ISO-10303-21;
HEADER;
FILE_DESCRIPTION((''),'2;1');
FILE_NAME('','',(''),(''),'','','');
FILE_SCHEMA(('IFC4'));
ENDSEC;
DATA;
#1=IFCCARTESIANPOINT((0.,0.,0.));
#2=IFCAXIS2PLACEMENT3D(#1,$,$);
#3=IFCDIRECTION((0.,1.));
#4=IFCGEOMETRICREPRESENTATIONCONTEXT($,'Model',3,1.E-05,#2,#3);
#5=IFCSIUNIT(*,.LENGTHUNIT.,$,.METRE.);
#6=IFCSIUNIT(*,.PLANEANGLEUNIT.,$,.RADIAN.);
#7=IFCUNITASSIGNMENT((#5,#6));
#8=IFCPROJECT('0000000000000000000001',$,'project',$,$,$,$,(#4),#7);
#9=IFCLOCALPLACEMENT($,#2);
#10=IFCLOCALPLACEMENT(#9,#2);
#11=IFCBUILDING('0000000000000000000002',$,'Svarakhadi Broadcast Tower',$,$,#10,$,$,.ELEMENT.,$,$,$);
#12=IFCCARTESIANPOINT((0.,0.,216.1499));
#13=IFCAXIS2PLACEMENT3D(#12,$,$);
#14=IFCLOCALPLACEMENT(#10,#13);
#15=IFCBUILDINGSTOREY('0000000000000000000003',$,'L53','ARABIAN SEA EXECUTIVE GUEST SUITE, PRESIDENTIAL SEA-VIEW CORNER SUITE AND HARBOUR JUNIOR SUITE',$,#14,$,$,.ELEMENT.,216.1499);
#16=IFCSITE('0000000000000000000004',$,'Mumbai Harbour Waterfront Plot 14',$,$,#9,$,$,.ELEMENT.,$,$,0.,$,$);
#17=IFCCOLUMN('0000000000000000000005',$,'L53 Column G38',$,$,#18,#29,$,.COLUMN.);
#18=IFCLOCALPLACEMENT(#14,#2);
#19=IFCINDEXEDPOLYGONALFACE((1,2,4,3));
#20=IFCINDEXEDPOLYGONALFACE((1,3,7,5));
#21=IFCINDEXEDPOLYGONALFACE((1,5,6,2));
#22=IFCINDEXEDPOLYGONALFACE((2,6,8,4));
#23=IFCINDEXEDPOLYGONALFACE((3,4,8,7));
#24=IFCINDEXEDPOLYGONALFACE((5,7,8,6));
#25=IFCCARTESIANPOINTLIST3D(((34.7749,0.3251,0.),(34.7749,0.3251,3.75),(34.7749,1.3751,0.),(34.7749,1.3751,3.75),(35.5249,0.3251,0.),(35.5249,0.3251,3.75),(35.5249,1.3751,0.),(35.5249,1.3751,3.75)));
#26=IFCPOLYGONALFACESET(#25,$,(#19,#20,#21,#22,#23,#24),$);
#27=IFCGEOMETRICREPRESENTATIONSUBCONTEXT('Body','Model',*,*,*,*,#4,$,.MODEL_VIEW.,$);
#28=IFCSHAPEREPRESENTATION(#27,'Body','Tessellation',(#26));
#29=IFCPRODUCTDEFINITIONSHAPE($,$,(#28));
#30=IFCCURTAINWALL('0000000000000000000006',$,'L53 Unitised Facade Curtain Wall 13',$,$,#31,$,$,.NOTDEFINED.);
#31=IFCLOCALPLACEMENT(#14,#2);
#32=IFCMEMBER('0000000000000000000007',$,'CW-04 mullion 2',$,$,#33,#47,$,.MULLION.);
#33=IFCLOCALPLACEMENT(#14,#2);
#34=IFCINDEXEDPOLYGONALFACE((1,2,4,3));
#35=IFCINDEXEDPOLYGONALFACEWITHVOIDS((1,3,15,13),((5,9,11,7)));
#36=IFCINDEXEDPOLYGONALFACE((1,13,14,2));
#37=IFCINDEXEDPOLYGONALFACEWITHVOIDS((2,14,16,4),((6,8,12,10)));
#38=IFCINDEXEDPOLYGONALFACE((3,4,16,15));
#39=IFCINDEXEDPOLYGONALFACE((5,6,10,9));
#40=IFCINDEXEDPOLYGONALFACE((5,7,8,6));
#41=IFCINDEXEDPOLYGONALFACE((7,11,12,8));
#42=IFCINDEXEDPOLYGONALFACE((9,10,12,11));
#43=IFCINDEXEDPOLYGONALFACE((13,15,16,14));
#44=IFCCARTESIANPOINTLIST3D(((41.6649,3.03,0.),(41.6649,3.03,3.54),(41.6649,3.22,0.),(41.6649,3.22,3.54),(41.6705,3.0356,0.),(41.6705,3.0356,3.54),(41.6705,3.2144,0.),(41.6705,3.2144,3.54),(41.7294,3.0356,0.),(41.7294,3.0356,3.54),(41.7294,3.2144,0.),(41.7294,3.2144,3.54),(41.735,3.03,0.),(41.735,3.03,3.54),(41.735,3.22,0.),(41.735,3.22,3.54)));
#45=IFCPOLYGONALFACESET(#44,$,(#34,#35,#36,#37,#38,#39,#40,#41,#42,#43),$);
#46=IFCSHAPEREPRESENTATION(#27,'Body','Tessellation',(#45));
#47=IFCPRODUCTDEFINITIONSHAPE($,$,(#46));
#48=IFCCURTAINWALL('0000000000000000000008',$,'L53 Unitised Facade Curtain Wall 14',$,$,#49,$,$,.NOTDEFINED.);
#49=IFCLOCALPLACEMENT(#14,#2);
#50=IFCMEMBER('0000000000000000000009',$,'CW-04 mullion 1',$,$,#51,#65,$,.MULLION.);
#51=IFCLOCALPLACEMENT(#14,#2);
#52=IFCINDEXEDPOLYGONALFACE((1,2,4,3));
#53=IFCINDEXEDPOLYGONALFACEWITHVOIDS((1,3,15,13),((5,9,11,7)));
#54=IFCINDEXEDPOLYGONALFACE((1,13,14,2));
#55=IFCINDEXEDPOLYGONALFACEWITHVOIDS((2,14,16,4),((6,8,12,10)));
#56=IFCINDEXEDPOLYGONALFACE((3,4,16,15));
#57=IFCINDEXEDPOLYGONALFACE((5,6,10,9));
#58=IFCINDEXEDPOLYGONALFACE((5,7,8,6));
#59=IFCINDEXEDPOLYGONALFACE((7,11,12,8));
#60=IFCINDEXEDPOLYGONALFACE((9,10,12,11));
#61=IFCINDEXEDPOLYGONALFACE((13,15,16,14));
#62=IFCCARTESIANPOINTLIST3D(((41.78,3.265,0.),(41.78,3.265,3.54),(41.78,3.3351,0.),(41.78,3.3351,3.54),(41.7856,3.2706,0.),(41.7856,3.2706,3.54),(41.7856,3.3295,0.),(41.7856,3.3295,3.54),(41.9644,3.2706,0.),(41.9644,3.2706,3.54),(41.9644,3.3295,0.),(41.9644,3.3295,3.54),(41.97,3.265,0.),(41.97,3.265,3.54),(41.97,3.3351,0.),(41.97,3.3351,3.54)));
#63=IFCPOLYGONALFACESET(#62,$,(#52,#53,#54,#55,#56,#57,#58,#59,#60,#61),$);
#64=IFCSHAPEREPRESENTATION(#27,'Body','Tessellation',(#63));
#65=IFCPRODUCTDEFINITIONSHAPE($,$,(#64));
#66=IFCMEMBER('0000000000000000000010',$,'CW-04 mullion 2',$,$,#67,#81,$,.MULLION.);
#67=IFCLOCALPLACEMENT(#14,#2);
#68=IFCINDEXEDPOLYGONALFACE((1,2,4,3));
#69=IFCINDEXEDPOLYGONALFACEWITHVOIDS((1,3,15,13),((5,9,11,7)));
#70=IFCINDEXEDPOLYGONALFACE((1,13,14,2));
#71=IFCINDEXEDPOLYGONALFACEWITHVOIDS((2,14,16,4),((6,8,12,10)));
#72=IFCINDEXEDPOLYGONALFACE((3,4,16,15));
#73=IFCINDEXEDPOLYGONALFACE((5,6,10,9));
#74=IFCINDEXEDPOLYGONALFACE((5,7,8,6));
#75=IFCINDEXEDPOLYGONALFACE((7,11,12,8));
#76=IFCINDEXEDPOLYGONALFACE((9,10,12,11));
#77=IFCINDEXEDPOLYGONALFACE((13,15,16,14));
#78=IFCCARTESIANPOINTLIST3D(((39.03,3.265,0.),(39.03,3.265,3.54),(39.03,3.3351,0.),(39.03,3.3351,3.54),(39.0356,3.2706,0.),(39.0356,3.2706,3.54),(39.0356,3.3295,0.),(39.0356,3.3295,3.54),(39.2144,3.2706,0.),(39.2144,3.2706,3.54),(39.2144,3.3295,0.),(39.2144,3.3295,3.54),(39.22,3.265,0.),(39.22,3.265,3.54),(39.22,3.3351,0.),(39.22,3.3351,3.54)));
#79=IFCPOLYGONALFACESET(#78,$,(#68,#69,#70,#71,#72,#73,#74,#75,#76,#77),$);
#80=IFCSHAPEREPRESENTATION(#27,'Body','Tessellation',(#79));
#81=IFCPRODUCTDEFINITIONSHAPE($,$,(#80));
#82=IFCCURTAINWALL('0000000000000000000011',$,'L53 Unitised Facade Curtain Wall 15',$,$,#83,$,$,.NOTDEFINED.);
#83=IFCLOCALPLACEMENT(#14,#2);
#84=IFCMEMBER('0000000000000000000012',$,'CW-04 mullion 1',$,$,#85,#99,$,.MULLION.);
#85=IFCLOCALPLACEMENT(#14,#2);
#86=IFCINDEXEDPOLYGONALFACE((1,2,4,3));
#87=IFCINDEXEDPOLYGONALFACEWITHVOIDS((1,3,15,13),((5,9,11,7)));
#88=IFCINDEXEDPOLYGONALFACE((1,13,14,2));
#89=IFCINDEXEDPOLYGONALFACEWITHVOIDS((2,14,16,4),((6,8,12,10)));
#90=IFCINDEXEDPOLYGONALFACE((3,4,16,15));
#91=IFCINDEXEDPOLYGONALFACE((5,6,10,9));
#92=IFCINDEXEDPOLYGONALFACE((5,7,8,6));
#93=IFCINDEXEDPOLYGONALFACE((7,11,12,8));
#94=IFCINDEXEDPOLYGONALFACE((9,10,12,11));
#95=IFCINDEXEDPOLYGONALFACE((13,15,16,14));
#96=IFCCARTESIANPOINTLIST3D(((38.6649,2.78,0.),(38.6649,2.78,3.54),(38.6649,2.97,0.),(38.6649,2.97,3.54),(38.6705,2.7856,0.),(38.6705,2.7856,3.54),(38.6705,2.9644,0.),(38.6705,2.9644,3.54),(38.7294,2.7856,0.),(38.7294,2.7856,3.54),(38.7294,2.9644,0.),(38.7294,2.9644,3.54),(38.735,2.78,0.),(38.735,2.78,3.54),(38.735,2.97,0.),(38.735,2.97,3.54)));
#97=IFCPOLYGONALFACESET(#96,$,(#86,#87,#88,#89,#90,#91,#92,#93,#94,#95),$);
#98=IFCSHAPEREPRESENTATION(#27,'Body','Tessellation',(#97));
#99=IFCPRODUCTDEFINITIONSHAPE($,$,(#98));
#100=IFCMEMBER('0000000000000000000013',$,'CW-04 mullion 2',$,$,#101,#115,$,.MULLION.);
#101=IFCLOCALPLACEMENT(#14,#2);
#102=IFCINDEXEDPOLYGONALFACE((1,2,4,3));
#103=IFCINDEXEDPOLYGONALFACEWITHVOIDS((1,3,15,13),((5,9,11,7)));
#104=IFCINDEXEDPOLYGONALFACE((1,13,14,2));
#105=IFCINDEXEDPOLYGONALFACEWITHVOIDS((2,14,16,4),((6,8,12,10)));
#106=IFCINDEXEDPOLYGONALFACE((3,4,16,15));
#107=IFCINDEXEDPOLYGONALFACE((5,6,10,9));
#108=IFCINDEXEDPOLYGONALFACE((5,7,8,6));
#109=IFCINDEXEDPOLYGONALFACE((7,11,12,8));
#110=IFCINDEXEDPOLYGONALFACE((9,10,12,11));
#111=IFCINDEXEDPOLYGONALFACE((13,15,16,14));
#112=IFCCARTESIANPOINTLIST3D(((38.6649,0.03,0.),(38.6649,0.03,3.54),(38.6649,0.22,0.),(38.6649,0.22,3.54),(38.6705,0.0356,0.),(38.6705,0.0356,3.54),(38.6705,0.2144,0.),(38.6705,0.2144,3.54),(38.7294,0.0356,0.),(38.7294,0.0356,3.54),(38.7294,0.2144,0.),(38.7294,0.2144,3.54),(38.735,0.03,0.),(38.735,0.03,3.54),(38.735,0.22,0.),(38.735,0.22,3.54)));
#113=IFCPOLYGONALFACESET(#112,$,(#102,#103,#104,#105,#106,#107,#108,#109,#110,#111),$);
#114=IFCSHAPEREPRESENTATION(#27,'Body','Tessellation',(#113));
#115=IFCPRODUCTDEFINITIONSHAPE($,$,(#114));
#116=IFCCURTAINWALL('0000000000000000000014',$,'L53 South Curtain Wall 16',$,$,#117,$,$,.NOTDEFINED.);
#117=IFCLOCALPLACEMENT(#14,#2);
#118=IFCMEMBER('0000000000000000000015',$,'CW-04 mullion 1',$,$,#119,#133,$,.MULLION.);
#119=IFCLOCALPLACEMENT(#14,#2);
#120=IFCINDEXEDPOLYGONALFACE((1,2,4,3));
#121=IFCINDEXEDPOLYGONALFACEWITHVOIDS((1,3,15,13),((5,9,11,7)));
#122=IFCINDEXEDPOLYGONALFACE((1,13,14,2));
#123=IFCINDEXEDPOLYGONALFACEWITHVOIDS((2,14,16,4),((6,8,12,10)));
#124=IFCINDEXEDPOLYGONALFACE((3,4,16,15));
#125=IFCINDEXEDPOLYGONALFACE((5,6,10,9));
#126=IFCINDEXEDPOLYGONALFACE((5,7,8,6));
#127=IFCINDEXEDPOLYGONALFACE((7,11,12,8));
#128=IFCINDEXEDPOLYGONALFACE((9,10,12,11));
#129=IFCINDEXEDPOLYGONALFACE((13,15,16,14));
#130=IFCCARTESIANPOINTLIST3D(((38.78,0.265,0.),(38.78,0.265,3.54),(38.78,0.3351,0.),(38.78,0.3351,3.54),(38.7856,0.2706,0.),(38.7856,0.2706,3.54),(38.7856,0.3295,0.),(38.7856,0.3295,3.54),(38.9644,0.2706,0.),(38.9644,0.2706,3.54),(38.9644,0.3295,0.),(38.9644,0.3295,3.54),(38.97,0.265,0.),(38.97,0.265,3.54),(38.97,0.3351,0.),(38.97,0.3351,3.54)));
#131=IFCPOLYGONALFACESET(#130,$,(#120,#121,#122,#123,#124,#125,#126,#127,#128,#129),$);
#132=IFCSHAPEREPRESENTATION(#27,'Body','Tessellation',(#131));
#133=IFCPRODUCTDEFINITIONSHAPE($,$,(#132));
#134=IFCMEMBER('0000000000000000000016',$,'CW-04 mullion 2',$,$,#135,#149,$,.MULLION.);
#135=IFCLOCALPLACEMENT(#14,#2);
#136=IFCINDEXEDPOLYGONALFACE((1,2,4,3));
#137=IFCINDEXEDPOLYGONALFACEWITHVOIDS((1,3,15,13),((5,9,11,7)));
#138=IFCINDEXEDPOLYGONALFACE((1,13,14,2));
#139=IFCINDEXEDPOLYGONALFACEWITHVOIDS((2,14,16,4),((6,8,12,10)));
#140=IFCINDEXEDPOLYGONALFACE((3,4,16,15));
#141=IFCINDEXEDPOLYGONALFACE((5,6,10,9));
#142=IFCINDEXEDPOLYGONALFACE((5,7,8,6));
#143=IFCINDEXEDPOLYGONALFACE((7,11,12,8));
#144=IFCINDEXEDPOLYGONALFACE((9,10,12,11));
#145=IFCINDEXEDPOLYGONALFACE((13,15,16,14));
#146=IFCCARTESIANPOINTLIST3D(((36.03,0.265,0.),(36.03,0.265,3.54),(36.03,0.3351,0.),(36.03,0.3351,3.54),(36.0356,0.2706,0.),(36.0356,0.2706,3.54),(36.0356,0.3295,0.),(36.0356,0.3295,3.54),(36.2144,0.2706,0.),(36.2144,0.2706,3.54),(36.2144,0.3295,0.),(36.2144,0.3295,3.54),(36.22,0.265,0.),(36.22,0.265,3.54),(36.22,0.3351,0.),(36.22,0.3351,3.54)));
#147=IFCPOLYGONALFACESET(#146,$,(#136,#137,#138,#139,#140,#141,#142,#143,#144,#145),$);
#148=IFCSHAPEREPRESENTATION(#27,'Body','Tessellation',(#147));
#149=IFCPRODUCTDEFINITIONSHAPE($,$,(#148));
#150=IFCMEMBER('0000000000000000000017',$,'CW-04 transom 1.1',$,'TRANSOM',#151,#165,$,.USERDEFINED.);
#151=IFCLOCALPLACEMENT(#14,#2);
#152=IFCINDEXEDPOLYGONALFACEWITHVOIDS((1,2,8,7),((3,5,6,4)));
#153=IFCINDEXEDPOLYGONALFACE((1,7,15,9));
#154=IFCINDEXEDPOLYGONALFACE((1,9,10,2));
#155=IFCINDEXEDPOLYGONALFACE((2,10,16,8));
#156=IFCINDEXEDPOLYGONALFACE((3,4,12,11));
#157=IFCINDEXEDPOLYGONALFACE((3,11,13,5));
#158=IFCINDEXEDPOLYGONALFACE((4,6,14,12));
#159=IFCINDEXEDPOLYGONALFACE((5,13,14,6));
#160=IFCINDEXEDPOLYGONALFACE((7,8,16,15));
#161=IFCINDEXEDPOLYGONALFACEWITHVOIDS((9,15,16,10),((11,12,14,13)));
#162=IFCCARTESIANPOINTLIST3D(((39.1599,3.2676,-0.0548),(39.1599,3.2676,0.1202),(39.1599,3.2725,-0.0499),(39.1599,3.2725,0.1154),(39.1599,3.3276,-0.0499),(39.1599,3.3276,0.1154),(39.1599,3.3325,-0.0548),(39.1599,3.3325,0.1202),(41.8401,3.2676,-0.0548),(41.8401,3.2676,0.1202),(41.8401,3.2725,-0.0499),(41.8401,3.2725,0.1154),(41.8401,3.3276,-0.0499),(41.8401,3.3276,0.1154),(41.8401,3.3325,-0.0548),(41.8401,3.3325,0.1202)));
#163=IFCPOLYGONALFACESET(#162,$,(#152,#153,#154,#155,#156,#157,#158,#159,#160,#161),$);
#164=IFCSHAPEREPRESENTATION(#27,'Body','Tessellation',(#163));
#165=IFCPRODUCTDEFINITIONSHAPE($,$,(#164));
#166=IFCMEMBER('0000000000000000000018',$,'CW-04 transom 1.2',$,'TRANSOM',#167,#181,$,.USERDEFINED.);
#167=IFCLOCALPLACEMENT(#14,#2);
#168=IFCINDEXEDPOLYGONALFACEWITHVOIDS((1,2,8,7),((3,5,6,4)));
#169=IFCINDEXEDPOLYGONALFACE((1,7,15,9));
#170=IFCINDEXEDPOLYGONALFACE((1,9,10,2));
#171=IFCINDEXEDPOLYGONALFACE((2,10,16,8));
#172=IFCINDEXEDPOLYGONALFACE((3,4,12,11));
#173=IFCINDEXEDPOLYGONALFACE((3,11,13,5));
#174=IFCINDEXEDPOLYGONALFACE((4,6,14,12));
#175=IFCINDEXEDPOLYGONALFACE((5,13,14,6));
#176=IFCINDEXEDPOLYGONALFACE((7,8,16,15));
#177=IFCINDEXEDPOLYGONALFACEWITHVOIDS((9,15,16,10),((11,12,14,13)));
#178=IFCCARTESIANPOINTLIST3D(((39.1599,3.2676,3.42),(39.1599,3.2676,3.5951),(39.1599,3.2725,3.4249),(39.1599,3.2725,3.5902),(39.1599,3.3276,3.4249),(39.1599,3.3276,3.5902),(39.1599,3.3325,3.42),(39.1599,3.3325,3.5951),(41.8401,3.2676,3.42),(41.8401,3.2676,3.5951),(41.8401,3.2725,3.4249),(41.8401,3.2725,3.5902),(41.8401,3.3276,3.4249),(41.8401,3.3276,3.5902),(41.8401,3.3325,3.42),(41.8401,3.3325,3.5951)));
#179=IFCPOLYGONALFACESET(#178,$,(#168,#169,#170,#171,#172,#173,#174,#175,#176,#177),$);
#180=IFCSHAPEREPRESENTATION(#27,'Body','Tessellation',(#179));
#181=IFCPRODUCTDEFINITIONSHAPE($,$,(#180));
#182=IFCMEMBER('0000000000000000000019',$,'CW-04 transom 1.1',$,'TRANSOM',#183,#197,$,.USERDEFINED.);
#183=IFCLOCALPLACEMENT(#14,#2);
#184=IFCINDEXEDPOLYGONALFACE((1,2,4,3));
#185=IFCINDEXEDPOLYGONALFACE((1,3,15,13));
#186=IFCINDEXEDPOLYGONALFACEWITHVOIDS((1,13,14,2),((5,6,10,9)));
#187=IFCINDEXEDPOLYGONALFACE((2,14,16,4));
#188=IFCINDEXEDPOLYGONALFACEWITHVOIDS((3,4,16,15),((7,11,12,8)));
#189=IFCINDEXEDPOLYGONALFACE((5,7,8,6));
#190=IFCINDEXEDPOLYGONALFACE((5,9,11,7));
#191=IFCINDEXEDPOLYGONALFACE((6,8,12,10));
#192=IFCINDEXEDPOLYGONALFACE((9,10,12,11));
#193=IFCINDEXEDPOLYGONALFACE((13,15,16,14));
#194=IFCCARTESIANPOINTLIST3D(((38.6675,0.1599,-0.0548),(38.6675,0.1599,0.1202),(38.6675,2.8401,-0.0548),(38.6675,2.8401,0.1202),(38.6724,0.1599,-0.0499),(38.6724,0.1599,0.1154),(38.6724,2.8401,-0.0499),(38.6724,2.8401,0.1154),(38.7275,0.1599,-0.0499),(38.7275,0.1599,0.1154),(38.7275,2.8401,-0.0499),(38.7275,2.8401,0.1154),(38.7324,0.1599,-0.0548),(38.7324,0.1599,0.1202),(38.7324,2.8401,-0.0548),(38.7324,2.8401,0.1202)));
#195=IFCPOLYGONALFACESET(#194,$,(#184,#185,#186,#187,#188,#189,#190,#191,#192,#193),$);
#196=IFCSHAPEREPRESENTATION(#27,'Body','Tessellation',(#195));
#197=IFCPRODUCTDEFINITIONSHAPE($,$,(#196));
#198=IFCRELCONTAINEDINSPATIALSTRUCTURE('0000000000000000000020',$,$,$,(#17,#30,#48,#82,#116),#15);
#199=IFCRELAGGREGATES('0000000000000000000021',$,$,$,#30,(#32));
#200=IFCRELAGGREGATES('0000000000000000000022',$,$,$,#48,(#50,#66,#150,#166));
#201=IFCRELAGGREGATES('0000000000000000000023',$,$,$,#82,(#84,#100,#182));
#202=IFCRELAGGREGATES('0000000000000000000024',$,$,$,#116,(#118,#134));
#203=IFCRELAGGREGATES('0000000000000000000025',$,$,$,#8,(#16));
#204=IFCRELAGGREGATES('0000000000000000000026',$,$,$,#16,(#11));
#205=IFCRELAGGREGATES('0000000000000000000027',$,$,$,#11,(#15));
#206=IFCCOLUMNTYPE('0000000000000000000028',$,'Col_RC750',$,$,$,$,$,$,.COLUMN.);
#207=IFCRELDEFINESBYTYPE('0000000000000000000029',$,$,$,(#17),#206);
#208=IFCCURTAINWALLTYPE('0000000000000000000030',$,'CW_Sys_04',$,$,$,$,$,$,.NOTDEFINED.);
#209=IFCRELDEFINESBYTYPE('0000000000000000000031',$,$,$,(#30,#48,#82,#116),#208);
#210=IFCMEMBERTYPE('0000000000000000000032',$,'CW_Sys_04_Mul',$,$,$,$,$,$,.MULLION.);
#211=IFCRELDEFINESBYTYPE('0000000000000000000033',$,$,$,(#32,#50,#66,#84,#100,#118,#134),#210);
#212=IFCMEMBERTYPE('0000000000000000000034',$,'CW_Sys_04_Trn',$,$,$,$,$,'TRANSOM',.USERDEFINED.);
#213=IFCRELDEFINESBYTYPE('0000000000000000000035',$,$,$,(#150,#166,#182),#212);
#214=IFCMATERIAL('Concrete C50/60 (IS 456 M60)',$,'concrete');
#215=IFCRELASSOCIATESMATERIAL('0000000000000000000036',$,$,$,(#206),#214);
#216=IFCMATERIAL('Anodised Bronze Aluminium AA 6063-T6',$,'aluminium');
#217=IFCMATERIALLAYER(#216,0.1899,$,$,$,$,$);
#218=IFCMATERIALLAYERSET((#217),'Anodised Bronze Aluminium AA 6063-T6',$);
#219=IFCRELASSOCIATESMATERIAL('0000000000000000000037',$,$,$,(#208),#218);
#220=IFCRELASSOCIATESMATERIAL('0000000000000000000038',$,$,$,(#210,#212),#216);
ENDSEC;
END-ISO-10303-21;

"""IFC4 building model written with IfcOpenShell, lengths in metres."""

from ifc_helpers import new_model, si_unit, direction, frame, origin, origin_2d, place, context, subcontext, project, spatial, rectangle, hollow_rectangle, extrude, material, layer, layer_set, material_profile, profile_set, type_object, element, aggregate, save


model = new_model("IFC4")

# Units and contexts
model_context = context("Model", 3, precision=1e-05, world=origin(), true_north=direction((0.0, 1.0)))
body_context = subcontext(model_context, "Body", "Model", "MODEL_VIEW")
ifc_project = project(units=[si_unit("LENGTHUNIT", "METRE"), si_unit("PLANEANGLEUNIT", "RADIAN")], contexts=[model_context])

# Site, building, storey
site_placement = place(None, origin())
site = spatial("IfcSite", under=ifc_project, at=site_placement, Name="Mumbai Harbour Waterfront Plot 14", CompositionType="ELEMENT", RefElevation=0.0)
building_placement = place(site_placement, origin())
building = spatial("IfcBuilding", under=site, at=building_placement, Name="Svarakhadi Broadcast Tower", CompositionType="ELEMENT")
storey_placement = place(building_placement, frame((0.0, 0.0, 216.1499)))
storey = spatial("IfcBuildingStorey", under=building, at=storey_placement, Name="L53", Description="ARABIAN SEA EXECUTIVE GUEST SUITE, PRESIDENTIAL SEA-VIEW CORNER SUITE AND HARBOUR JUNIOR SUITE", CompositionType="ELEMENT", Elevation=216.1499)

# Column
ifc_material_1 = material(Name="Concrete C50/60 (IS 456 M60)", Category="concrete")
ifc_material_profile_1 = material_profile(ifc_material_1, rectangle(XDim=0.75, YDim=1.05, at=origin_2d()), Name="RC 750x1050")
ifc_profile_set_1 = profile_set([ifc_material_profile_1], Name="Concrete C50/60 (IS 456 M60)")
column_type = type_object("IfcColumnType", Name="Col_RC750", PredefinedType="COLUMN", material=ifc_profile_set_1)
column_placement = place(storey_placement, frame((35.1499, 0.8501, 0.0), z_axis=(0.0, 0.0, 1.0), x_axis=(1.0, 0.0, 0.0)))
element("IfcColumn", 1, at=column_placement, inside=storey, type_object=column_type, Name="L53 Column G38", PredefinedType="COLUMN", context=body_context, shape_type="SweptSolid", body=[
    extrude(rectangle(XDim=0.75, YDim=1.05, at=origin_2d()), origin(), (0.0, 0.0, 1.0), 3.75),
])

# Curtain wall, member
ifc_material_2 = material(Name="Anodised Bronze Aluminium AA 6063-T6", Category="aluminium")
ifc_layer_1 = layer(ifc_material_2, 0.1899)
ifc_layer_set_1 = layer_set([ifc_layer_1], Name="Anodised Bronze Aluminium AA 6063-T6")
curtain_wall_type = type_object("IfcCurtainWallType", Name="CW_Sys_04", PredefinedType="NOTDEFINED", material=ifc_layer_set_1)
curtain_wall_1_placement = place(storey_placement, origin())
curtain_wall_1 = element("IfcCurtainWall", 2, at=curtain_wall_1_placement, inside=storey, type_object=curtain_wall_type, Name="L53 Unitised Facade Curtain Wall 13", PredefinedType="NOTDEFINED")
ifc_material_profile_2 = material_profile(ifc_material_2, hollow_rectangle(XDim=0.0701, YDim=0.1899, WallThickness=0.0056, at=origin_2d()), Name="ALU MULLION 190x70x6")
ifc_profile_set_2 = profile_set([ifc_material_profile_2], Name="Anodised Bronze Aluminium AA 6063-T6")
member_type_1 = type_object("IfcMemberType", Name="CW_Sys_04_Mul", PredefinedType="MULLION", material=ifc_profile_set_2)
member_1_placement = place(storey_placement, frame((41.7, 3.125, 0.0), z_axis=(0.0, 0.0, 1.0), x_axis=(1.0, 0.0, 0.0)))
member_1 = element("IfcMember", 3, at=member_1_placement, type_object=member_type_1, Name="CW-04 mullion 2", PredefinedType="MULLION", context=body_context, shape_type="SweptSolid", body=[
    extrude(hollow_rectangle(XDim=0.0701, YDim=0.1899, WallThickness=0.0056, at=origin_2d()), origin(), (0.0, 0.0, 1.0), 3.54),
])
aggregate(curtain_wall_1, [member_1])

# Curtain walls, members
curtain_wall_2_placement = place(storey_placement, origin())
curtain_wall_2 = element("IfcCurtainWall", 4, at=curtain_wall_2_placement, inside=storey, type_object=curtain_wall_type, Name="L53 Unitised Facade Curtain Wall 14", PredefinedType="NOTDEFINED")
member_2_placement = place(storey_placement, frame((41.875, 3.3, 0.0), z_axis=(0.0, 0.0, 1.0), x_axis=(0.0, -1.0, 0.0)))
member_2 = element("IfcMember", 5, at=member_2_placement, type_object=member_type_1, Name="CW-04 mullion 1", PredefinedType="MULLION", context=body_context, shape_type="SweptSolid", body=[
    extrude(hollow_rectangle(XDim=0.0701, YDim=0.1899, WallThickness=0.0056, at=origin_2d()), origin(), (0.0, 0.0, 1.0), 3.54),
])
member_3_placement = place(storey_placement, frame((39.125, 3.3, 0.0), z_axis=(0.0, 0.0, 1.0), x_axis=(0.0, -1.0, 0.0)))
member_3 = element("IfcMember", 6, at=member_3_placement, type_object=member_type_1, Name="CW-04 mullion 2", PredefinedType="MULLION", context=body_context, shape_type="SweptSolid", body=[
    extrude(hollow_rectangle(XDim=0.0701, YDim=0.1899, WallThickness=0.0056, at=origin_2d()), origin(), (0.0, 0.0, 1.0), 3.54),
])
curtain_wall_3_placement = place(storey_placement, origin())
curtain_wall_3 = element("IfcCurtainWall", 7, at=curtain_wall_3_placement, inside=storey, type_object=curtain_wall_type, Name="L53 Unitised Facade Curtain Wall 15", PredefinedType="NOTDEFINED")
member_4_placement = place(storey_placement, frame((38.7, 2.875, 0.0), z_axis=(0.0, 0.0, 1.0), x_axis=(1.0, 0.0, 0.0)))
member_4 = element("IfcMember", 8, at=member_4_placement, type_object=member_type_1, Name="CW-04 mullion 1", PredefinedType="MULLION", context=body_context, shape_type="SweptSolid", body=[
    extrude(hollow_rectangle(XDim=0.0701, YDim=0.1899, WallThickness=0.0056, at=origin_2d()), origin(), (0.0, 0.0, 1.0), 3.54),
])
member_5_placement = place(storey_placement, frame((38.7, 0.125, 0.0), z_axis=(0.0, 0.0, 1.0), x_axis=(1.0, 0.0, 0.0)))
member_5 = element("IfcMember", 9, at=member_5_placement, type_object=member_type_1, Name="CW-04 mullion 2", PredefinedType="MULLION", context=body_context, shape_type="SweptSolid", body=[
    extrude(hollow_rectangle(XDim=0.0701, YDim=0.1899, WallThickness=0.0056, at=origin_2d()), origin(), (0.0, 0.0, 1.0), 3.54),
])
curtain_wall_4_placement = place(storey_placement, origin())
curtain_wall_4 = element("IfcCurtainWall", 10, at=curtain_wall_4_placement, inside=storey, type_object=curtain_wall_type, Name="L53 South Curtain Wall 16", PredefinedType="NOTDEFINED")
member_6_placement = place(storey_placement, frame((38.875, 0.3, 0.0), z_axis=(0.0, 0.0, 1.0), x_axis=(0.0, -1.0, 0.0)))
member_6 = element("IfcMember", 11, at=member_6_placement, type_object=member_type_1, Name="CW-04 mullion 1", PredefinedType="MULLION", context=body_context, shape_type="SweptSolid", body=[
    extrude(hollow_rectangle(XDim=0.0701, YDim=0.1899, WallThickness=0.0056, at=origin_2d()), origin(), (0.0, 0.0, 1.0), 3.54),
])
member_7_placement = place(storey_placement, frame((36.125, 0.3, 0.0), z_axis=(0.0, 0.0, 1.0), x_axis=(0.0, -1.0, 0.0)))
member_7 = element("IfcMember", 12, at=member_7_placement, type_object=member_type_1, Name="CW-04 mullion 2", PredefinedType="MULLION", context=body_context, shape_type="SweptSolid", body=[
    extrude(hollow_rectangle(XDim=0.0701, YDim=0.1899, WallThickness=0.0056, at=origin_2d()), origin(), (0.0, 0.0, 1.0), 3.54),
])

# Members
ifc_material_profile_3 = material_profile(ifc_material_2, hollow_rectangle(XDim=0.0649, YDim=0.175, WallThickness=0.0049, at=origin_2d()), Name="ALU TRANSOM 175x65x5")
ifc_profile_set_3 = profile_set([ifc_material_profile_3], Name="Anodised Bronze Aluminium AA 6063-T6")
member_type_2 = type_object("IfcMemberType", Name="CW_Sys_04_Trn", ElementType="TRANSOM", PredefinedType="USERDEFINED", material=ifc_profile_set_3)
member_8_placement = place(storey_placement, frame((41.8401, 3.3, 0.0327), z_axis=(-1.0, 0.0, 0.0), x_axis=(0.0, -1.0, 0.0)))
member_8 = element("IfcMember", 13, at=member_8_placement, type_object=member_type_2, Name="CW-04 transom 1.1", ObjectType="TRANSOM", PredefinedType="USERDEFINED", context=body_context, shape_type="SweptSolid", body=[
    extrude(hollow_rectangle(XDim=0.0649, YDim=0.175, WallThickness=0.0049, at=origin_2d()), origin(), (0.0, 0.0, 1.0), 2.6802),
])
member_9_placement = place(storey_placement, frame((41.8401, 3.3, 3.5076), z_axis=(-1.0, 0.0, 0.0), x_axis=(0.0, -1.0, 0.0)))
member_9 = element("IfcMember", 14, at=member_9_placement, type_object=member_type_2, Name="CW-04 transom 1.2", ObjectType="TRANSOM", PredefinedType="USERDEFINED", context=body_context, shape_type="SweptSolid", body=[
    extrude(hollow_rectangle(XDim=0.0649, YDim=0.175, WallThickness=0.0049, at=origin_2d()), origin(), (0.0, 0.0, 1.0), 2.6802),
])
member_10_placement = place(storey_placement, frame((38.7, 2.8401, 0.0327), z_axis=(0.0, -1.0, 0.0), x_axis=(1.0, 0.0, 0.0)))
member_10 = element("IfcMember", 15, at=member_10_placement, type_object=member_type_2, Name="CW-04 transom 1.1", ObjectType="TRANSOM", PredefinedType="USERDEFINED", context=body_context, shape_type="SweptSolid", body=[
    extrude(hollow_rectangle(XDim=0.0649, YDim=0.175, WallThickness=0.0049, at=origin_2d()), origin(), (0.0, 0.0, 1.0), 2.6802),
])

aggregate(curtain_wall_2, [member_2, member_3, member_8, member_9])
aggregate(curtain_wall_3, [member_4, member_5, member_10])
aggregate(curtain_wall_4, [member_6, member_7])

save(model, "model.ifc")
